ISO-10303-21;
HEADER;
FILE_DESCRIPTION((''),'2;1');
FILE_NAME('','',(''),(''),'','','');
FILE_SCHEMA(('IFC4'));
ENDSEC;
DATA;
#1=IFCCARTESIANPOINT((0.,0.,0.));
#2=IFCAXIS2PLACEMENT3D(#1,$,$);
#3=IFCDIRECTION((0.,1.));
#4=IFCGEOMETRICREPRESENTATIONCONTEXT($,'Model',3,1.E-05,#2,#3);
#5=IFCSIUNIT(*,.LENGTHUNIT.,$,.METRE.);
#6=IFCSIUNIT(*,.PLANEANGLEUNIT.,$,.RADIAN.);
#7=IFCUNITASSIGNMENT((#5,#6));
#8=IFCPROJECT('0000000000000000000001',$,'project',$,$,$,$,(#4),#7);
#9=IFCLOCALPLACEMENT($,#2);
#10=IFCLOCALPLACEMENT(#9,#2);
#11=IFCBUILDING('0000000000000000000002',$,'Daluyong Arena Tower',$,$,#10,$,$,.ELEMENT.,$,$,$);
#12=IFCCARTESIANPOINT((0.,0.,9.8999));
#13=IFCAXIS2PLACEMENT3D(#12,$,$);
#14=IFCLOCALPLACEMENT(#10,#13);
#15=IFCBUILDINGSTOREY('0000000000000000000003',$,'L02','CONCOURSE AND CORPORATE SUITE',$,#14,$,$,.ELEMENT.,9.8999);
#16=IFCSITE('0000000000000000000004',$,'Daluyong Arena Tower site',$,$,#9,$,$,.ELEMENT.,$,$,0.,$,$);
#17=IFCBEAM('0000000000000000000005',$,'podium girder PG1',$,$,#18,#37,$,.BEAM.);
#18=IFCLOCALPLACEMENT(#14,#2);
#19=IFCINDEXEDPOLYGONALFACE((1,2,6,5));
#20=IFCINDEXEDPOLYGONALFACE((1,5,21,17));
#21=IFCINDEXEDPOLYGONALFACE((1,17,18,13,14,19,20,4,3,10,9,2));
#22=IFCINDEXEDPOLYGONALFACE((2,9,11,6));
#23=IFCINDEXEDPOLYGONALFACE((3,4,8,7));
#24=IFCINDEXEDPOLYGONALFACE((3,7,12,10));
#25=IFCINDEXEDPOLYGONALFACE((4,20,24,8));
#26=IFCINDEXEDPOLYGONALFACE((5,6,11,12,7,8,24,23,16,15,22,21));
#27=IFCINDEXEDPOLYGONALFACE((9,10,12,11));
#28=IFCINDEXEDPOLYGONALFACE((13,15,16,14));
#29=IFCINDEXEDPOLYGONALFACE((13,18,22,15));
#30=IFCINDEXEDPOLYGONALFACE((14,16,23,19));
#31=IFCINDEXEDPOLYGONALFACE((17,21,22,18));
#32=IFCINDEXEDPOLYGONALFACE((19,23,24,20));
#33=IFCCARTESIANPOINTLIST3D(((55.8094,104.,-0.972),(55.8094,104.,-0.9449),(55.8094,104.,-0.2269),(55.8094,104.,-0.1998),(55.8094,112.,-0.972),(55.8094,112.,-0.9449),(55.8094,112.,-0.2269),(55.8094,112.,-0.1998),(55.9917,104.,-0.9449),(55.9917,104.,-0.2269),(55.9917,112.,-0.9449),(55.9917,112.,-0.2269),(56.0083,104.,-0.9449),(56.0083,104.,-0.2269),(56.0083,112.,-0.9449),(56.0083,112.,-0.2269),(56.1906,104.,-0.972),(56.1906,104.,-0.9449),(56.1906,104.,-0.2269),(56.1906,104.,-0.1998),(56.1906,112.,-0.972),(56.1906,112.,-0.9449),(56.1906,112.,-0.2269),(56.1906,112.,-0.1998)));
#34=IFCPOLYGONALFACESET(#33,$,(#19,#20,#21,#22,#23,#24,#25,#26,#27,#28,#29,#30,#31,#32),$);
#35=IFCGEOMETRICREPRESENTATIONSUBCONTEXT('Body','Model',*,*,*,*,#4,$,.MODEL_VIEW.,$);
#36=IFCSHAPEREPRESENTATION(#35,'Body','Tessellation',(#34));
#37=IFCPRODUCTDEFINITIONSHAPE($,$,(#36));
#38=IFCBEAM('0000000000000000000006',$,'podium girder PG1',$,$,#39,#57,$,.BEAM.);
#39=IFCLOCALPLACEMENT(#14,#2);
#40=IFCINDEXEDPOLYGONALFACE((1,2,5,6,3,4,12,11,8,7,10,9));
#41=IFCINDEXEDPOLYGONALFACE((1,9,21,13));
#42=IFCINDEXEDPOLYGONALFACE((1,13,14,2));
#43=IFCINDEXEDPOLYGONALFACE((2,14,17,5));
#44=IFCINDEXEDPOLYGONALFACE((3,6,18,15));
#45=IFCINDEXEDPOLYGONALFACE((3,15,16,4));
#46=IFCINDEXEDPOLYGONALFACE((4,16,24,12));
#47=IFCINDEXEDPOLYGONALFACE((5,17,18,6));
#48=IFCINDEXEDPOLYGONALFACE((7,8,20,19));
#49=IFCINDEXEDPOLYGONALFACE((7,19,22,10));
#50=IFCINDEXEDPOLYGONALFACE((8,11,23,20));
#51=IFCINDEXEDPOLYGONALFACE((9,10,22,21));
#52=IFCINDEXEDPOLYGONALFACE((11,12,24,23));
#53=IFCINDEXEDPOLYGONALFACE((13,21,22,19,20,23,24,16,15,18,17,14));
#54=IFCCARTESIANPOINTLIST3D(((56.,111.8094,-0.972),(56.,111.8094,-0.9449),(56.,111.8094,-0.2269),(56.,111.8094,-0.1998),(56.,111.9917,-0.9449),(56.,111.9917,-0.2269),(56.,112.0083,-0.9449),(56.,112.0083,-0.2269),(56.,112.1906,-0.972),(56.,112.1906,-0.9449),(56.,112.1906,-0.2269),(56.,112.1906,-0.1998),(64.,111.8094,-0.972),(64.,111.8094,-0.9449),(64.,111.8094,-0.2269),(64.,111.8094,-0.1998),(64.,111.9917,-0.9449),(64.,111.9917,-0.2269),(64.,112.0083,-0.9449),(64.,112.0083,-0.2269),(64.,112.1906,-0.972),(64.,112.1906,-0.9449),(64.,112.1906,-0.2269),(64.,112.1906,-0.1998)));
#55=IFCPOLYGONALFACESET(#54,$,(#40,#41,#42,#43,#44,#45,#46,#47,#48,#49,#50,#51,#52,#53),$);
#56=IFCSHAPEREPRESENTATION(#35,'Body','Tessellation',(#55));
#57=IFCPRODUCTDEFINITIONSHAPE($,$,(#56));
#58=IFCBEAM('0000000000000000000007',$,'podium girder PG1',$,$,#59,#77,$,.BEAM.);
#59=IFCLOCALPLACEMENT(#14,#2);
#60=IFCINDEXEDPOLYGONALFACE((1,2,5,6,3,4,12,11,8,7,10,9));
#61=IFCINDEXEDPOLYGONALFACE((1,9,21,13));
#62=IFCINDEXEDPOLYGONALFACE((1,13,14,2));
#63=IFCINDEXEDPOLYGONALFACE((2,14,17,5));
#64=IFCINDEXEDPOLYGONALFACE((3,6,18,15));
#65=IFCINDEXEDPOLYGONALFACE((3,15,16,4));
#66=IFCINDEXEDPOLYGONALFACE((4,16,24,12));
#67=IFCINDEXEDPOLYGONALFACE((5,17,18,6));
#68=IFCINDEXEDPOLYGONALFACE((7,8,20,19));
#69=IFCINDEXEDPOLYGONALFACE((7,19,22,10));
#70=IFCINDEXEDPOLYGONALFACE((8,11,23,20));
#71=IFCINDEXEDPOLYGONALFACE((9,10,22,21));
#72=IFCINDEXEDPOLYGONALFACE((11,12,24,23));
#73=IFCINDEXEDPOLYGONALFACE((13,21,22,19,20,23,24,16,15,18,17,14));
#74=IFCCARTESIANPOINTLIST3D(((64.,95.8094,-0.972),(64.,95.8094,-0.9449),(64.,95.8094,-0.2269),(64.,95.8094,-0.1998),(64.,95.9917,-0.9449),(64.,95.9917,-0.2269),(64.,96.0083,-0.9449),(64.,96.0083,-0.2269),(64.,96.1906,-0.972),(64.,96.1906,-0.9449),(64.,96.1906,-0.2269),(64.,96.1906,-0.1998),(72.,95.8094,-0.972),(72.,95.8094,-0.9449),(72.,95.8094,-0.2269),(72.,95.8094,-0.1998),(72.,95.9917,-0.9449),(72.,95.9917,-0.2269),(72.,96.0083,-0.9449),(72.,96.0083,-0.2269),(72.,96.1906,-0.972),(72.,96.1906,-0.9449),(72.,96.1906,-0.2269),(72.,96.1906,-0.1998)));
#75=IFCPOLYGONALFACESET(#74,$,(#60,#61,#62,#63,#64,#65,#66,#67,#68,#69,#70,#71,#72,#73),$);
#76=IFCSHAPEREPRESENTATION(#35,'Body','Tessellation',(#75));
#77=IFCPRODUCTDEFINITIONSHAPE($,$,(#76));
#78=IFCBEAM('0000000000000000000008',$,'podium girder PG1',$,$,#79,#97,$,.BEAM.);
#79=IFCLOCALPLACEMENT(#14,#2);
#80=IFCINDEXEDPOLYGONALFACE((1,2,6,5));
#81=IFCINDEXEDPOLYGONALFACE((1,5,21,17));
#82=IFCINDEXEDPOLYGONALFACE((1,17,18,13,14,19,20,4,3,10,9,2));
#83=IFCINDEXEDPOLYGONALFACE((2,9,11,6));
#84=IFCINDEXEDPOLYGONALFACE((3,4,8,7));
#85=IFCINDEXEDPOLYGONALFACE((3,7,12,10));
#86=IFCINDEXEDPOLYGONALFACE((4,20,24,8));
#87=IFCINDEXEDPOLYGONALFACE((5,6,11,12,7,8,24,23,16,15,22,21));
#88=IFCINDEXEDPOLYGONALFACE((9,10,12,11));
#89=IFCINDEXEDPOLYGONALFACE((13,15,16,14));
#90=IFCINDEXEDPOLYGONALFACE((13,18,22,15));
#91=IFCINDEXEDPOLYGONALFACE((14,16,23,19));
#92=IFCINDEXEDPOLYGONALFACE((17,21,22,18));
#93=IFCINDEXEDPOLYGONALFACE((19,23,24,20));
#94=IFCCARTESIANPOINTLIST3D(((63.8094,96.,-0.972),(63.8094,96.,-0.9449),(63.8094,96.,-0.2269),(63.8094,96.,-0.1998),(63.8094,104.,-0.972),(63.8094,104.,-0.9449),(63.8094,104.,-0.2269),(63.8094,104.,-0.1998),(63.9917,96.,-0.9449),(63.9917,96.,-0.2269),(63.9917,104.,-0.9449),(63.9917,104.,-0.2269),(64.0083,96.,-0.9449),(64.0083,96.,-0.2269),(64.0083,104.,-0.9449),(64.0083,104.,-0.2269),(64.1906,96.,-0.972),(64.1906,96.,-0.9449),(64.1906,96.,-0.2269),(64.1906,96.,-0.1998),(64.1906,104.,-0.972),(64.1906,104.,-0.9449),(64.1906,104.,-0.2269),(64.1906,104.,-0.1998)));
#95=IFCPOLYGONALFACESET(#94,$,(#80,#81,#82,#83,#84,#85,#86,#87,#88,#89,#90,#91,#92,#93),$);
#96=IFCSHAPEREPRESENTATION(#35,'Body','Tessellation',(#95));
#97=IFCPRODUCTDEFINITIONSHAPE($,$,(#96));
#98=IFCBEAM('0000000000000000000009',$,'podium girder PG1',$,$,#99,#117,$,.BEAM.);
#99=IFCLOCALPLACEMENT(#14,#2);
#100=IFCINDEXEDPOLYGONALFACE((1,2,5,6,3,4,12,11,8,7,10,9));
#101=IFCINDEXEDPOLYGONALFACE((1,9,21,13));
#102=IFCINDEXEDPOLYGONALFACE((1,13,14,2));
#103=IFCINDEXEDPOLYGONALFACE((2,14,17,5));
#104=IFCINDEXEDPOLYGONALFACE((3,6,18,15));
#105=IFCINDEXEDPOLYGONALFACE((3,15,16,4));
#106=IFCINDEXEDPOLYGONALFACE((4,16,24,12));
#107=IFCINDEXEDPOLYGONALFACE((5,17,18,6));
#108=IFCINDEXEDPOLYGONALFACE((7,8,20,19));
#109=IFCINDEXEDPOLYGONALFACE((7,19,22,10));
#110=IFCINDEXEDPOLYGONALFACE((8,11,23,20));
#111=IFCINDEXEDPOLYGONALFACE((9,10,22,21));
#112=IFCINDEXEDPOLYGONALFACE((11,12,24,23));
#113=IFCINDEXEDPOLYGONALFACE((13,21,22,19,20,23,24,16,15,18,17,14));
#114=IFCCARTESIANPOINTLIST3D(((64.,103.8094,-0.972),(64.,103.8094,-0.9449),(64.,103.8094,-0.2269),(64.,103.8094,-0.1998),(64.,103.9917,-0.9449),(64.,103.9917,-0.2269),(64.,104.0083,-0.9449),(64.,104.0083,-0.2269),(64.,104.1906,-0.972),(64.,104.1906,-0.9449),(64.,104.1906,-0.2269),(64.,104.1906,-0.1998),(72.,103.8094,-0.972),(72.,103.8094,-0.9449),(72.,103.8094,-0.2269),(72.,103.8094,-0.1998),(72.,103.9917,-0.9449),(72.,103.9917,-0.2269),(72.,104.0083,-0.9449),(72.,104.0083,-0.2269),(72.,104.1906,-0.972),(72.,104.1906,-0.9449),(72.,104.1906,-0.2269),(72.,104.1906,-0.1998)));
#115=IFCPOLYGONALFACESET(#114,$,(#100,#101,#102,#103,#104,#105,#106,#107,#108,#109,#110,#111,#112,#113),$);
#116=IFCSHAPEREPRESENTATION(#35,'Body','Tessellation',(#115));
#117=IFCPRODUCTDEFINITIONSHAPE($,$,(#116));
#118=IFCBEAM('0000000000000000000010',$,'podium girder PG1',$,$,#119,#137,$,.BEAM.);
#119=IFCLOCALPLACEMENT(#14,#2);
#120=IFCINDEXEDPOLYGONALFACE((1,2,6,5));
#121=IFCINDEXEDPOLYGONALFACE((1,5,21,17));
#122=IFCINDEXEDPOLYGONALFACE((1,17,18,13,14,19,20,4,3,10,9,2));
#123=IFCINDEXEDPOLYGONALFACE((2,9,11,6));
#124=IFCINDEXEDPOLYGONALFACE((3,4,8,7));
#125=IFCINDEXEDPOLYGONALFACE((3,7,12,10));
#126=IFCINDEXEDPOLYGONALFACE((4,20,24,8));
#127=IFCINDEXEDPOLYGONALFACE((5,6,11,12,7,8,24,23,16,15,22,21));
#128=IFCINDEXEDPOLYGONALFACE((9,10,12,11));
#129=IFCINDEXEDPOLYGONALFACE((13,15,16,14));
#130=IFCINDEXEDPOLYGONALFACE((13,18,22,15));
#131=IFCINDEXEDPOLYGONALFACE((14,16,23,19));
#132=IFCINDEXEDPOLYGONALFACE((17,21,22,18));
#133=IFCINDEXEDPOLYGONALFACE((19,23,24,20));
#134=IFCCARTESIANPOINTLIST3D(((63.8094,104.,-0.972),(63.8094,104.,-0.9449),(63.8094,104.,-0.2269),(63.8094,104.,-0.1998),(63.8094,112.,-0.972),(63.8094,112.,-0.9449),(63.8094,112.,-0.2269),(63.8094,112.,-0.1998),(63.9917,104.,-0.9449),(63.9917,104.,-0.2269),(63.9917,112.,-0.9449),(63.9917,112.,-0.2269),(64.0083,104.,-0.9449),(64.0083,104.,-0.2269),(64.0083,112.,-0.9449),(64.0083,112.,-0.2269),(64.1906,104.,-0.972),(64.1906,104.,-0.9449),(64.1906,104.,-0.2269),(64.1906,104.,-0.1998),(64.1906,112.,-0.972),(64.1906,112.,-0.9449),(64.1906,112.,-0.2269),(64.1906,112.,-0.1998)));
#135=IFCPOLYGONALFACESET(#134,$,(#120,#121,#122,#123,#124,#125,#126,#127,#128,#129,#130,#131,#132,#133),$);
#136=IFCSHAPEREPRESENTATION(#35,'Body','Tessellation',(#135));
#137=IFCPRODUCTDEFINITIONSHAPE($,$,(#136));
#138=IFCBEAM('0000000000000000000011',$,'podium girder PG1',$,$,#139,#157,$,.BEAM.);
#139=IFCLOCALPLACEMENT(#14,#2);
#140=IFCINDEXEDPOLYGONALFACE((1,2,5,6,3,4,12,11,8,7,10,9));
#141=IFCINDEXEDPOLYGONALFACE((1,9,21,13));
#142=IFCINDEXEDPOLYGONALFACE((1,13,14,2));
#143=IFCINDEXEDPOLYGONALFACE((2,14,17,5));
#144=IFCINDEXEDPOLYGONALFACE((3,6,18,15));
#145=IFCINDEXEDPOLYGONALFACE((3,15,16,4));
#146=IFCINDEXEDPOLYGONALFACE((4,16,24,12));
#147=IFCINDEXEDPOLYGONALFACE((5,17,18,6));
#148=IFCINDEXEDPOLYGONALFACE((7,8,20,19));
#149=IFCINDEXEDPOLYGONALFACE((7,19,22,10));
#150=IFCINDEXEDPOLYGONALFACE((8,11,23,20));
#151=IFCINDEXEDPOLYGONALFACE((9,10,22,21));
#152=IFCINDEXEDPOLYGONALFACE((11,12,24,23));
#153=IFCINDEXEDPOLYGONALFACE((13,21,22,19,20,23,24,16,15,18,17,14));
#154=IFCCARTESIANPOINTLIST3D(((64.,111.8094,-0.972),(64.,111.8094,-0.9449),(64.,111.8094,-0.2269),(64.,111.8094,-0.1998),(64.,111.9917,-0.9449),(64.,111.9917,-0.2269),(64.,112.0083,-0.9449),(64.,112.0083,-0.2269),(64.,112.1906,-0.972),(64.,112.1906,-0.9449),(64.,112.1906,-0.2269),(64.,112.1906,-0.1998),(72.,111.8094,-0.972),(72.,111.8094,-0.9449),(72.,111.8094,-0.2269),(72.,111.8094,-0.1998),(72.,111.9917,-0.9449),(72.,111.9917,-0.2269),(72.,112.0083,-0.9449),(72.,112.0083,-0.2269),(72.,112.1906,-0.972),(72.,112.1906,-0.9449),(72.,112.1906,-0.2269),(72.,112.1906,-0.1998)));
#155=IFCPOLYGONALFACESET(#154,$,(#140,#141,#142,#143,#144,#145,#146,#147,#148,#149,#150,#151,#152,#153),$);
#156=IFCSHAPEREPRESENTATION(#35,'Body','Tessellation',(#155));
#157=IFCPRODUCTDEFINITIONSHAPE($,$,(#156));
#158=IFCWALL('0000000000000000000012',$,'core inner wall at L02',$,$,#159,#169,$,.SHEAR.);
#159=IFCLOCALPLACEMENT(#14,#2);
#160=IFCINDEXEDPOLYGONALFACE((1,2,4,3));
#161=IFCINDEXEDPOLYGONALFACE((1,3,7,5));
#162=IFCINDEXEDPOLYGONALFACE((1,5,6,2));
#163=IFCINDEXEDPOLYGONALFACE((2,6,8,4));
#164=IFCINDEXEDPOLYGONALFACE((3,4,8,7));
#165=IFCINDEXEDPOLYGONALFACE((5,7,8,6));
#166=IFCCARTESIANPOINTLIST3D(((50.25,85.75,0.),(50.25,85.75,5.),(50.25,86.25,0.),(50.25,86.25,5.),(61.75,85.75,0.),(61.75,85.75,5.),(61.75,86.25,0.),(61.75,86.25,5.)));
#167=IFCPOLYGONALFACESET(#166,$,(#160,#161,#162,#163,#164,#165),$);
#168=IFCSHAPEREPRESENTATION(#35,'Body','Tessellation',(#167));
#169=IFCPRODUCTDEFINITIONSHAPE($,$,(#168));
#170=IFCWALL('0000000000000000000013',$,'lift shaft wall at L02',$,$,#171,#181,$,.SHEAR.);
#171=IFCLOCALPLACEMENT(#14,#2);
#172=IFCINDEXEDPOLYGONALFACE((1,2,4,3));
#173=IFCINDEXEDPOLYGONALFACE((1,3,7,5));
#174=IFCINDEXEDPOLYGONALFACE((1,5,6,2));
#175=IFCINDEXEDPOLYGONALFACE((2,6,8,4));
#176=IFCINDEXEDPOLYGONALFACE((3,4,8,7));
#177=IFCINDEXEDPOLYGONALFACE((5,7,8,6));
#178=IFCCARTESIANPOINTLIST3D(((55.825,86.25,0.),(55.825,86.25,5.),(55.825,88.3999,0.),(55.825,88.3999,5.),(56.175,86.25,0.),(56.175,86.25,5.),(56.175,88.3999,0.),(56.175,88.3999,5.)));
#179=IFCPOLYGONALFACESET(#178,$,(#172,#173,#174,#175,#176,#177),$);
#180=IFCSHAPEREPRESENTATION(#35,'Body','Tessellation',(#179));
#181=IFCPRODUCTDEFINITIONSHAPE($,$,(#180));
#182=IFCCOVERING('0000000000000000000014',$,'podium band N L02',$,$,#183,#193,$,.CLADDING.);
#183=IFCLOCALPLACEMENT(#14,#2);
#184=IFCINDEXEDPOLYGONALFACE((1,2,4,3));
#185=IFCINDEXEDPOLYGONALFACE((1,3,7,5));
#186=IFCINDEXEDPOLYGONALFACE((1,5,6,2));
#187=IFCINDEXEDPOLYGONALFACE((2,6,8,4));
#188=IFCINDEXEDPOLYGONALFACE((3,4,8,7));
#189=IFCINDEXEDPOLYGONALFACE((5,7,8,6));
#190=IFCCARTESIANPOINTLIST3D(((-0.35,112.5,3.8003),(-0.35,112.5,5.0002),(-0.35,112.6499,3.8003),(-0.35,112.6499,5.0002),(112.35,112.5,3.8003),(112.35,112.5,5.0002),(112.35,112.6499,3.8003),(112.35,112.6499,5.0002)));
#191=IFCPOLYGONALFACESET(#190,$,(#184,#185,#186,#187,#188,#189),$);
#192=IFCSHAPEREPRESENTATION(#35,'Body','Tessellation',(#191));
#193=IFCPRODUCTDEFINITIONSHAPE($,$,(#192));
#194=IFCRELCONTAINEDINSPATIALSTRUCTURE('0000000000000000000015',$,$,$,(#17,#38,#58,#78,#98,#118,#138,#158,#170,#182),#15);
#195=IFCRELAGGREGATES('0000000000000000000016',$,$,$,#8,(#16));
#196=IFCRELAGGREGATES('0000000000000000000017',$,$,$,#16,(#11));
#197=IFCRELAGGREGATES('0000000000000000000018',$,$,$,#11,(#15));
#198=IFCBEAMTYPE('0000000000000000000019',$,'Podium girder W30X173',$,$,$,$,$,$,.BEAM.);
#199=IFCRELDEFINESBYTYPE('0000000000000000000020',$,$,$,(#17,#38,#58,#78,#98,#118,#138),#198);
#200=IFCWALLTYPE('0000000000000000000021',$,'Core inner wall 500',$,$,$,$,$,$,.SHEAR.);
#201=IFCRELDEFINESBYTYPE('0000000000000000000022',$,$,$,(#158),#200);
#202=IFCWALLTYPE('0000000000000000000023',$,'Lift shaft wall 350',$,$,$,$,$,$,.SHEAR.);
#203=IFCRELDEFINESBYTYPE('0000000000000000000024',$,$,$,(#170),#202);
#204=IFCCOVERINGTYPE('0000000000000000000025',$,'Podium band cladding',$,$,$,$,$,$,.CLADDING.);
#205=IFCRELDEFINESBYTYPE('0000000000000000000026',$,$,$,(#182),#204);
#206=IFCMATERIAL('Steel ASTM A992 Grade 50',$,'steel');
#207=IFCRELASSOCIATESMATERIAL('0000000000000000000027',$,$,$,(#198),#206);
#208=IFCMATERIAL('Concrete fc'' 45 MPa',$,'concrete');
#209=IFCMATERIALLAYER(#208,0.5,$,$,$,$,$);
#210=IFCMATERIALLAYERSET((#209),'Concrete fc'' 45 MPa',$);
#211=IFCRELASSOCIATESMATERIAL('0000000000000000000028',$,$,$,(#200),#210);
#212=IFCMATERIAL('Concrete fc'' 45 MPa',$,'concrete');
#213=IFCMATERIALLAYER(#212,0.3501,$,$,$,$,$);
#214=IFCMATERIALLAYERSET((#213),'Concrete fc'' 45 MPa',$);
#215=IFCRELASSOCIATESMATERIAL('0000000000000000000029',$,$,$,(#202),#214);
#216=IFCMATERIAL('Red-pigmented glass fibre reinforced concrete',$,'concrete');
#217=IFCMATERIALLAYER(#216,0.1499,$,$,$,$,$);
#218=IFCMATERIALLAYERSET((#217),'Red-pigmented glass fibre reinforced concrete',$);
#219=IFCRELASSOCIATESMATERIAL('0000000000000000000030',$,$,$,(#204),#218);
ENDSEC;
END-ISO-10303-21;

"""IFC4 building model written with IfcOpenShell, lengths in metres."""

from ifc_helpers import new_model, si_unit, direction, frame, frame_2d, origin, origin_2d, place, context, subcontext, project, spatial, rectangle, i_section, extrude, material, layer, layer_set, material_profile, profile_set, type_object, element, save


model = new_model("IFC4")

# Units and contexts
model_context = context("Model", 3, precision=1e-05, world=origin(), true_north=direction((0.0, 1.0)))
body_context = subcontext(model_context, "Body", "Model", "MODEL_VIEW")
ifc_project = project(units=[si_unit("LENGTHUNIT", "METRE"), si_unit("PLANEANGLEUNIT", "RADIAN")], contexts=[model_context])

# Site, building, storey
site_placement = place(None, origin())
site = spatial("IfcSite", under=ifc_project, at=site_placement, Name="Daluyong Arena Tower site", CompositionType="ELEMENT", RefElevation=0.0)
building_placement = place(site_placement, origin())
building = spatial("IfcBuilding", under=site, at=building_placement, Name="Daluyong Arena Tower", CompositionType="ELEMENT")
storey_placement = place(building_placement, frame((0.0, 0.0, 9.8999)))
storey = spatial("IfcBuildingStorey", under=building, at=storey_placement, Name="L02", Description="CONCOURSE AND CORPORATE SUITE", CompositionType="ELEMENT", Elevation=9.8999)

# Beams
ifc_material_1 = material(Name="Steel ASTM A992 Grade 50", Category="steel")
ifc_material_profile_1 = material_profile(ifc_material_1, i_section(OverallWidth=0.3811, OverallDepth=0.7722, WebThickness=0.0166, FlangeThickness=0.0271, at=origin_2d()))
ifc_profile_set_1 = profile_set([ifc_material_profile_1], Name="Steel ASTM A992 Grade 50")
beam_type_1 = type_object("IfcBeamType", Name="Podium girder W30X173", PredefinedType="BEAM", material=ifc_profile_set_1)
for number, where, z_axis, x_axis, name in (
    (1, (56.0, 104.0, -0.5859), (0.0, 1.0, 0.0), (-1.0, 0.0, 0.0), "podium girder PG1"),
    (2, (56.0, 112.0, -0.5859), (1.0, 0.0, 0.0), (0.0, 1.0, 0.0), "podium girder PG1"),
    (3, (64.0, 96.0, -0.5859), (1.0, 0.0, 0.0), (0.0, 1.0, 0.0), "podium girder PG1"),
    (4, (64.0, 96.0, -0.5859), (0.0, 1.0, 0.0), (-1.0, 0.0, 0.0), "podium girder PG1"),
    (5, (64.0, 104.0, -0.5859), (1.0, 0.0, 0.0), (0.0, 1.0, 0.0), "podium girder PG1"),
    (6, (64.0, 104.0, -0.5859), (0.0, 1.0, 0.0), (-1.0, 0.0, 0.0), "podium girder PG1"),
    (7, (64.0, 112.0, -0.5859), (1.0, 0.0, 0.0), (0.0, 1.0, 0.0), "podium girder PG1"),
):
    element("IfcBeam", number, at=place(storey_placement, frame(where, z_axis=z_axis, x_axis=x_axis)), inside=storey, type_object=beam_type_1, Name=name, PredefinedType="BEAM", context=body_context, shape_type="SweptSolid", body=[
        extrude(i_section(OverallWidth=0.3811, OverallDepth=0.7722, WebThickness=0.0166, FlangeThickness=0.0271, at=origin_2d()), origin(), (0.0, 0.0, 1.0), 8.0),
    ])

# Walls
ifc_material_2 = material(Name="Concrete fc' 45 MPa", Category="concrete")
ifc_layer_1 = layer(ifc_material_2, 0.5)
ifc_layer_set_1 = layer_set([ifc_layer_1], Name="Concrete fc' 45 MPa")
wall_type_1 = type_object("IfcWallType", Name="Core inner wall 500", PredefinedType="SHEAR", material=ifc_layer_set_1)
wall_1_placement = place(storey_placement, frame((50.25, 86.0, 0.0), z_axis=(0.0, 0.0, 1.0), x_axis=(1.0, 0.0, 0.0)))
element("IfcWall", 8, at=wall_1_placement, inside=storey, type_object=wall_type_1, Name="core inner wall at L02", PredefinedType="SHEAR", context=body_context, shape_type="SweptSolid", body=[
    extrude(rectangle(XDim=11.5, YDim=0.5, at=frame_2d((5.75, 0.0))), origin(), (0.0, 0.0, 1.0), 5.0),
])
ifc_material_3 = material(Name="Concrete fc' 45 MPa", Category="concrete")
ifc_layer_2 = layer(ifc_material_3, 0.3501)
ifc_layer_set_2 = layer_set([ifc_layer_2], Name="Concrete fc' 45 MPa")
wall_type_2 = type_object("IfcWallType", Name="Lift shaft wall 350", PredefinedType="SHEAR", material=ifc_layer_set_2)
wall_2_placement = place(storey_placement, frame((56.0, 86.25, 0.0), z_axis=(0.0, 0.0, 1.0), x_axis=(0.0, 1.0, 0.0)))
element("IfcWall", 9, at=wall_2_placement, inside=storey, type_object=wall_type_2, Name="lift shaft wall at L02", PredefinedType="SHEAR", context=body_context, shape_type="SweptSolid", body=[
    extrude(rectangle(XDim=2.1499, YDim=0.3501, at=frame_2d((1.075, 0.0))), origin(), (0.0, 0.0, 1.0), 5.0),
])

# Covering
ifc_material_4 = material(Name="Red-pigmented glass fibre reinforced concrete", Category="concrete")
ifc_layer_3 = layer(ifc_material_4, 0.1499)
ifc_layer_set_3 = layer_set([ifc_layer_3], Name="Red-pigmented glass fibre reinforced concrete")
covering_type = type_object("IfcCoveringType", Name="Podium band cladding", PredefinedType="CLADDING", material=ifc_layer_set_3)
covering_placement = place(storey_placement, frame((56.0, 112.575, 3.8003), z_axis=(0.0, 0.0, 1.0), x_axis=(-1.0, 0.0, 0.0)))
element("IfcCovering", 10, at=covering_placement, inside=storey, type_object=covering_type, Name="podium band N L02", PredefinedType="CLADDING", context=body_context, shape_type="SweptSolid", body=[
    extrude(rectangle(XDim=112.7, YDim=0.1499, at=origin_2d()), origin(), (0.0, 0.0, 1.0), 1.2),
])

save(model, "model.ifc")
